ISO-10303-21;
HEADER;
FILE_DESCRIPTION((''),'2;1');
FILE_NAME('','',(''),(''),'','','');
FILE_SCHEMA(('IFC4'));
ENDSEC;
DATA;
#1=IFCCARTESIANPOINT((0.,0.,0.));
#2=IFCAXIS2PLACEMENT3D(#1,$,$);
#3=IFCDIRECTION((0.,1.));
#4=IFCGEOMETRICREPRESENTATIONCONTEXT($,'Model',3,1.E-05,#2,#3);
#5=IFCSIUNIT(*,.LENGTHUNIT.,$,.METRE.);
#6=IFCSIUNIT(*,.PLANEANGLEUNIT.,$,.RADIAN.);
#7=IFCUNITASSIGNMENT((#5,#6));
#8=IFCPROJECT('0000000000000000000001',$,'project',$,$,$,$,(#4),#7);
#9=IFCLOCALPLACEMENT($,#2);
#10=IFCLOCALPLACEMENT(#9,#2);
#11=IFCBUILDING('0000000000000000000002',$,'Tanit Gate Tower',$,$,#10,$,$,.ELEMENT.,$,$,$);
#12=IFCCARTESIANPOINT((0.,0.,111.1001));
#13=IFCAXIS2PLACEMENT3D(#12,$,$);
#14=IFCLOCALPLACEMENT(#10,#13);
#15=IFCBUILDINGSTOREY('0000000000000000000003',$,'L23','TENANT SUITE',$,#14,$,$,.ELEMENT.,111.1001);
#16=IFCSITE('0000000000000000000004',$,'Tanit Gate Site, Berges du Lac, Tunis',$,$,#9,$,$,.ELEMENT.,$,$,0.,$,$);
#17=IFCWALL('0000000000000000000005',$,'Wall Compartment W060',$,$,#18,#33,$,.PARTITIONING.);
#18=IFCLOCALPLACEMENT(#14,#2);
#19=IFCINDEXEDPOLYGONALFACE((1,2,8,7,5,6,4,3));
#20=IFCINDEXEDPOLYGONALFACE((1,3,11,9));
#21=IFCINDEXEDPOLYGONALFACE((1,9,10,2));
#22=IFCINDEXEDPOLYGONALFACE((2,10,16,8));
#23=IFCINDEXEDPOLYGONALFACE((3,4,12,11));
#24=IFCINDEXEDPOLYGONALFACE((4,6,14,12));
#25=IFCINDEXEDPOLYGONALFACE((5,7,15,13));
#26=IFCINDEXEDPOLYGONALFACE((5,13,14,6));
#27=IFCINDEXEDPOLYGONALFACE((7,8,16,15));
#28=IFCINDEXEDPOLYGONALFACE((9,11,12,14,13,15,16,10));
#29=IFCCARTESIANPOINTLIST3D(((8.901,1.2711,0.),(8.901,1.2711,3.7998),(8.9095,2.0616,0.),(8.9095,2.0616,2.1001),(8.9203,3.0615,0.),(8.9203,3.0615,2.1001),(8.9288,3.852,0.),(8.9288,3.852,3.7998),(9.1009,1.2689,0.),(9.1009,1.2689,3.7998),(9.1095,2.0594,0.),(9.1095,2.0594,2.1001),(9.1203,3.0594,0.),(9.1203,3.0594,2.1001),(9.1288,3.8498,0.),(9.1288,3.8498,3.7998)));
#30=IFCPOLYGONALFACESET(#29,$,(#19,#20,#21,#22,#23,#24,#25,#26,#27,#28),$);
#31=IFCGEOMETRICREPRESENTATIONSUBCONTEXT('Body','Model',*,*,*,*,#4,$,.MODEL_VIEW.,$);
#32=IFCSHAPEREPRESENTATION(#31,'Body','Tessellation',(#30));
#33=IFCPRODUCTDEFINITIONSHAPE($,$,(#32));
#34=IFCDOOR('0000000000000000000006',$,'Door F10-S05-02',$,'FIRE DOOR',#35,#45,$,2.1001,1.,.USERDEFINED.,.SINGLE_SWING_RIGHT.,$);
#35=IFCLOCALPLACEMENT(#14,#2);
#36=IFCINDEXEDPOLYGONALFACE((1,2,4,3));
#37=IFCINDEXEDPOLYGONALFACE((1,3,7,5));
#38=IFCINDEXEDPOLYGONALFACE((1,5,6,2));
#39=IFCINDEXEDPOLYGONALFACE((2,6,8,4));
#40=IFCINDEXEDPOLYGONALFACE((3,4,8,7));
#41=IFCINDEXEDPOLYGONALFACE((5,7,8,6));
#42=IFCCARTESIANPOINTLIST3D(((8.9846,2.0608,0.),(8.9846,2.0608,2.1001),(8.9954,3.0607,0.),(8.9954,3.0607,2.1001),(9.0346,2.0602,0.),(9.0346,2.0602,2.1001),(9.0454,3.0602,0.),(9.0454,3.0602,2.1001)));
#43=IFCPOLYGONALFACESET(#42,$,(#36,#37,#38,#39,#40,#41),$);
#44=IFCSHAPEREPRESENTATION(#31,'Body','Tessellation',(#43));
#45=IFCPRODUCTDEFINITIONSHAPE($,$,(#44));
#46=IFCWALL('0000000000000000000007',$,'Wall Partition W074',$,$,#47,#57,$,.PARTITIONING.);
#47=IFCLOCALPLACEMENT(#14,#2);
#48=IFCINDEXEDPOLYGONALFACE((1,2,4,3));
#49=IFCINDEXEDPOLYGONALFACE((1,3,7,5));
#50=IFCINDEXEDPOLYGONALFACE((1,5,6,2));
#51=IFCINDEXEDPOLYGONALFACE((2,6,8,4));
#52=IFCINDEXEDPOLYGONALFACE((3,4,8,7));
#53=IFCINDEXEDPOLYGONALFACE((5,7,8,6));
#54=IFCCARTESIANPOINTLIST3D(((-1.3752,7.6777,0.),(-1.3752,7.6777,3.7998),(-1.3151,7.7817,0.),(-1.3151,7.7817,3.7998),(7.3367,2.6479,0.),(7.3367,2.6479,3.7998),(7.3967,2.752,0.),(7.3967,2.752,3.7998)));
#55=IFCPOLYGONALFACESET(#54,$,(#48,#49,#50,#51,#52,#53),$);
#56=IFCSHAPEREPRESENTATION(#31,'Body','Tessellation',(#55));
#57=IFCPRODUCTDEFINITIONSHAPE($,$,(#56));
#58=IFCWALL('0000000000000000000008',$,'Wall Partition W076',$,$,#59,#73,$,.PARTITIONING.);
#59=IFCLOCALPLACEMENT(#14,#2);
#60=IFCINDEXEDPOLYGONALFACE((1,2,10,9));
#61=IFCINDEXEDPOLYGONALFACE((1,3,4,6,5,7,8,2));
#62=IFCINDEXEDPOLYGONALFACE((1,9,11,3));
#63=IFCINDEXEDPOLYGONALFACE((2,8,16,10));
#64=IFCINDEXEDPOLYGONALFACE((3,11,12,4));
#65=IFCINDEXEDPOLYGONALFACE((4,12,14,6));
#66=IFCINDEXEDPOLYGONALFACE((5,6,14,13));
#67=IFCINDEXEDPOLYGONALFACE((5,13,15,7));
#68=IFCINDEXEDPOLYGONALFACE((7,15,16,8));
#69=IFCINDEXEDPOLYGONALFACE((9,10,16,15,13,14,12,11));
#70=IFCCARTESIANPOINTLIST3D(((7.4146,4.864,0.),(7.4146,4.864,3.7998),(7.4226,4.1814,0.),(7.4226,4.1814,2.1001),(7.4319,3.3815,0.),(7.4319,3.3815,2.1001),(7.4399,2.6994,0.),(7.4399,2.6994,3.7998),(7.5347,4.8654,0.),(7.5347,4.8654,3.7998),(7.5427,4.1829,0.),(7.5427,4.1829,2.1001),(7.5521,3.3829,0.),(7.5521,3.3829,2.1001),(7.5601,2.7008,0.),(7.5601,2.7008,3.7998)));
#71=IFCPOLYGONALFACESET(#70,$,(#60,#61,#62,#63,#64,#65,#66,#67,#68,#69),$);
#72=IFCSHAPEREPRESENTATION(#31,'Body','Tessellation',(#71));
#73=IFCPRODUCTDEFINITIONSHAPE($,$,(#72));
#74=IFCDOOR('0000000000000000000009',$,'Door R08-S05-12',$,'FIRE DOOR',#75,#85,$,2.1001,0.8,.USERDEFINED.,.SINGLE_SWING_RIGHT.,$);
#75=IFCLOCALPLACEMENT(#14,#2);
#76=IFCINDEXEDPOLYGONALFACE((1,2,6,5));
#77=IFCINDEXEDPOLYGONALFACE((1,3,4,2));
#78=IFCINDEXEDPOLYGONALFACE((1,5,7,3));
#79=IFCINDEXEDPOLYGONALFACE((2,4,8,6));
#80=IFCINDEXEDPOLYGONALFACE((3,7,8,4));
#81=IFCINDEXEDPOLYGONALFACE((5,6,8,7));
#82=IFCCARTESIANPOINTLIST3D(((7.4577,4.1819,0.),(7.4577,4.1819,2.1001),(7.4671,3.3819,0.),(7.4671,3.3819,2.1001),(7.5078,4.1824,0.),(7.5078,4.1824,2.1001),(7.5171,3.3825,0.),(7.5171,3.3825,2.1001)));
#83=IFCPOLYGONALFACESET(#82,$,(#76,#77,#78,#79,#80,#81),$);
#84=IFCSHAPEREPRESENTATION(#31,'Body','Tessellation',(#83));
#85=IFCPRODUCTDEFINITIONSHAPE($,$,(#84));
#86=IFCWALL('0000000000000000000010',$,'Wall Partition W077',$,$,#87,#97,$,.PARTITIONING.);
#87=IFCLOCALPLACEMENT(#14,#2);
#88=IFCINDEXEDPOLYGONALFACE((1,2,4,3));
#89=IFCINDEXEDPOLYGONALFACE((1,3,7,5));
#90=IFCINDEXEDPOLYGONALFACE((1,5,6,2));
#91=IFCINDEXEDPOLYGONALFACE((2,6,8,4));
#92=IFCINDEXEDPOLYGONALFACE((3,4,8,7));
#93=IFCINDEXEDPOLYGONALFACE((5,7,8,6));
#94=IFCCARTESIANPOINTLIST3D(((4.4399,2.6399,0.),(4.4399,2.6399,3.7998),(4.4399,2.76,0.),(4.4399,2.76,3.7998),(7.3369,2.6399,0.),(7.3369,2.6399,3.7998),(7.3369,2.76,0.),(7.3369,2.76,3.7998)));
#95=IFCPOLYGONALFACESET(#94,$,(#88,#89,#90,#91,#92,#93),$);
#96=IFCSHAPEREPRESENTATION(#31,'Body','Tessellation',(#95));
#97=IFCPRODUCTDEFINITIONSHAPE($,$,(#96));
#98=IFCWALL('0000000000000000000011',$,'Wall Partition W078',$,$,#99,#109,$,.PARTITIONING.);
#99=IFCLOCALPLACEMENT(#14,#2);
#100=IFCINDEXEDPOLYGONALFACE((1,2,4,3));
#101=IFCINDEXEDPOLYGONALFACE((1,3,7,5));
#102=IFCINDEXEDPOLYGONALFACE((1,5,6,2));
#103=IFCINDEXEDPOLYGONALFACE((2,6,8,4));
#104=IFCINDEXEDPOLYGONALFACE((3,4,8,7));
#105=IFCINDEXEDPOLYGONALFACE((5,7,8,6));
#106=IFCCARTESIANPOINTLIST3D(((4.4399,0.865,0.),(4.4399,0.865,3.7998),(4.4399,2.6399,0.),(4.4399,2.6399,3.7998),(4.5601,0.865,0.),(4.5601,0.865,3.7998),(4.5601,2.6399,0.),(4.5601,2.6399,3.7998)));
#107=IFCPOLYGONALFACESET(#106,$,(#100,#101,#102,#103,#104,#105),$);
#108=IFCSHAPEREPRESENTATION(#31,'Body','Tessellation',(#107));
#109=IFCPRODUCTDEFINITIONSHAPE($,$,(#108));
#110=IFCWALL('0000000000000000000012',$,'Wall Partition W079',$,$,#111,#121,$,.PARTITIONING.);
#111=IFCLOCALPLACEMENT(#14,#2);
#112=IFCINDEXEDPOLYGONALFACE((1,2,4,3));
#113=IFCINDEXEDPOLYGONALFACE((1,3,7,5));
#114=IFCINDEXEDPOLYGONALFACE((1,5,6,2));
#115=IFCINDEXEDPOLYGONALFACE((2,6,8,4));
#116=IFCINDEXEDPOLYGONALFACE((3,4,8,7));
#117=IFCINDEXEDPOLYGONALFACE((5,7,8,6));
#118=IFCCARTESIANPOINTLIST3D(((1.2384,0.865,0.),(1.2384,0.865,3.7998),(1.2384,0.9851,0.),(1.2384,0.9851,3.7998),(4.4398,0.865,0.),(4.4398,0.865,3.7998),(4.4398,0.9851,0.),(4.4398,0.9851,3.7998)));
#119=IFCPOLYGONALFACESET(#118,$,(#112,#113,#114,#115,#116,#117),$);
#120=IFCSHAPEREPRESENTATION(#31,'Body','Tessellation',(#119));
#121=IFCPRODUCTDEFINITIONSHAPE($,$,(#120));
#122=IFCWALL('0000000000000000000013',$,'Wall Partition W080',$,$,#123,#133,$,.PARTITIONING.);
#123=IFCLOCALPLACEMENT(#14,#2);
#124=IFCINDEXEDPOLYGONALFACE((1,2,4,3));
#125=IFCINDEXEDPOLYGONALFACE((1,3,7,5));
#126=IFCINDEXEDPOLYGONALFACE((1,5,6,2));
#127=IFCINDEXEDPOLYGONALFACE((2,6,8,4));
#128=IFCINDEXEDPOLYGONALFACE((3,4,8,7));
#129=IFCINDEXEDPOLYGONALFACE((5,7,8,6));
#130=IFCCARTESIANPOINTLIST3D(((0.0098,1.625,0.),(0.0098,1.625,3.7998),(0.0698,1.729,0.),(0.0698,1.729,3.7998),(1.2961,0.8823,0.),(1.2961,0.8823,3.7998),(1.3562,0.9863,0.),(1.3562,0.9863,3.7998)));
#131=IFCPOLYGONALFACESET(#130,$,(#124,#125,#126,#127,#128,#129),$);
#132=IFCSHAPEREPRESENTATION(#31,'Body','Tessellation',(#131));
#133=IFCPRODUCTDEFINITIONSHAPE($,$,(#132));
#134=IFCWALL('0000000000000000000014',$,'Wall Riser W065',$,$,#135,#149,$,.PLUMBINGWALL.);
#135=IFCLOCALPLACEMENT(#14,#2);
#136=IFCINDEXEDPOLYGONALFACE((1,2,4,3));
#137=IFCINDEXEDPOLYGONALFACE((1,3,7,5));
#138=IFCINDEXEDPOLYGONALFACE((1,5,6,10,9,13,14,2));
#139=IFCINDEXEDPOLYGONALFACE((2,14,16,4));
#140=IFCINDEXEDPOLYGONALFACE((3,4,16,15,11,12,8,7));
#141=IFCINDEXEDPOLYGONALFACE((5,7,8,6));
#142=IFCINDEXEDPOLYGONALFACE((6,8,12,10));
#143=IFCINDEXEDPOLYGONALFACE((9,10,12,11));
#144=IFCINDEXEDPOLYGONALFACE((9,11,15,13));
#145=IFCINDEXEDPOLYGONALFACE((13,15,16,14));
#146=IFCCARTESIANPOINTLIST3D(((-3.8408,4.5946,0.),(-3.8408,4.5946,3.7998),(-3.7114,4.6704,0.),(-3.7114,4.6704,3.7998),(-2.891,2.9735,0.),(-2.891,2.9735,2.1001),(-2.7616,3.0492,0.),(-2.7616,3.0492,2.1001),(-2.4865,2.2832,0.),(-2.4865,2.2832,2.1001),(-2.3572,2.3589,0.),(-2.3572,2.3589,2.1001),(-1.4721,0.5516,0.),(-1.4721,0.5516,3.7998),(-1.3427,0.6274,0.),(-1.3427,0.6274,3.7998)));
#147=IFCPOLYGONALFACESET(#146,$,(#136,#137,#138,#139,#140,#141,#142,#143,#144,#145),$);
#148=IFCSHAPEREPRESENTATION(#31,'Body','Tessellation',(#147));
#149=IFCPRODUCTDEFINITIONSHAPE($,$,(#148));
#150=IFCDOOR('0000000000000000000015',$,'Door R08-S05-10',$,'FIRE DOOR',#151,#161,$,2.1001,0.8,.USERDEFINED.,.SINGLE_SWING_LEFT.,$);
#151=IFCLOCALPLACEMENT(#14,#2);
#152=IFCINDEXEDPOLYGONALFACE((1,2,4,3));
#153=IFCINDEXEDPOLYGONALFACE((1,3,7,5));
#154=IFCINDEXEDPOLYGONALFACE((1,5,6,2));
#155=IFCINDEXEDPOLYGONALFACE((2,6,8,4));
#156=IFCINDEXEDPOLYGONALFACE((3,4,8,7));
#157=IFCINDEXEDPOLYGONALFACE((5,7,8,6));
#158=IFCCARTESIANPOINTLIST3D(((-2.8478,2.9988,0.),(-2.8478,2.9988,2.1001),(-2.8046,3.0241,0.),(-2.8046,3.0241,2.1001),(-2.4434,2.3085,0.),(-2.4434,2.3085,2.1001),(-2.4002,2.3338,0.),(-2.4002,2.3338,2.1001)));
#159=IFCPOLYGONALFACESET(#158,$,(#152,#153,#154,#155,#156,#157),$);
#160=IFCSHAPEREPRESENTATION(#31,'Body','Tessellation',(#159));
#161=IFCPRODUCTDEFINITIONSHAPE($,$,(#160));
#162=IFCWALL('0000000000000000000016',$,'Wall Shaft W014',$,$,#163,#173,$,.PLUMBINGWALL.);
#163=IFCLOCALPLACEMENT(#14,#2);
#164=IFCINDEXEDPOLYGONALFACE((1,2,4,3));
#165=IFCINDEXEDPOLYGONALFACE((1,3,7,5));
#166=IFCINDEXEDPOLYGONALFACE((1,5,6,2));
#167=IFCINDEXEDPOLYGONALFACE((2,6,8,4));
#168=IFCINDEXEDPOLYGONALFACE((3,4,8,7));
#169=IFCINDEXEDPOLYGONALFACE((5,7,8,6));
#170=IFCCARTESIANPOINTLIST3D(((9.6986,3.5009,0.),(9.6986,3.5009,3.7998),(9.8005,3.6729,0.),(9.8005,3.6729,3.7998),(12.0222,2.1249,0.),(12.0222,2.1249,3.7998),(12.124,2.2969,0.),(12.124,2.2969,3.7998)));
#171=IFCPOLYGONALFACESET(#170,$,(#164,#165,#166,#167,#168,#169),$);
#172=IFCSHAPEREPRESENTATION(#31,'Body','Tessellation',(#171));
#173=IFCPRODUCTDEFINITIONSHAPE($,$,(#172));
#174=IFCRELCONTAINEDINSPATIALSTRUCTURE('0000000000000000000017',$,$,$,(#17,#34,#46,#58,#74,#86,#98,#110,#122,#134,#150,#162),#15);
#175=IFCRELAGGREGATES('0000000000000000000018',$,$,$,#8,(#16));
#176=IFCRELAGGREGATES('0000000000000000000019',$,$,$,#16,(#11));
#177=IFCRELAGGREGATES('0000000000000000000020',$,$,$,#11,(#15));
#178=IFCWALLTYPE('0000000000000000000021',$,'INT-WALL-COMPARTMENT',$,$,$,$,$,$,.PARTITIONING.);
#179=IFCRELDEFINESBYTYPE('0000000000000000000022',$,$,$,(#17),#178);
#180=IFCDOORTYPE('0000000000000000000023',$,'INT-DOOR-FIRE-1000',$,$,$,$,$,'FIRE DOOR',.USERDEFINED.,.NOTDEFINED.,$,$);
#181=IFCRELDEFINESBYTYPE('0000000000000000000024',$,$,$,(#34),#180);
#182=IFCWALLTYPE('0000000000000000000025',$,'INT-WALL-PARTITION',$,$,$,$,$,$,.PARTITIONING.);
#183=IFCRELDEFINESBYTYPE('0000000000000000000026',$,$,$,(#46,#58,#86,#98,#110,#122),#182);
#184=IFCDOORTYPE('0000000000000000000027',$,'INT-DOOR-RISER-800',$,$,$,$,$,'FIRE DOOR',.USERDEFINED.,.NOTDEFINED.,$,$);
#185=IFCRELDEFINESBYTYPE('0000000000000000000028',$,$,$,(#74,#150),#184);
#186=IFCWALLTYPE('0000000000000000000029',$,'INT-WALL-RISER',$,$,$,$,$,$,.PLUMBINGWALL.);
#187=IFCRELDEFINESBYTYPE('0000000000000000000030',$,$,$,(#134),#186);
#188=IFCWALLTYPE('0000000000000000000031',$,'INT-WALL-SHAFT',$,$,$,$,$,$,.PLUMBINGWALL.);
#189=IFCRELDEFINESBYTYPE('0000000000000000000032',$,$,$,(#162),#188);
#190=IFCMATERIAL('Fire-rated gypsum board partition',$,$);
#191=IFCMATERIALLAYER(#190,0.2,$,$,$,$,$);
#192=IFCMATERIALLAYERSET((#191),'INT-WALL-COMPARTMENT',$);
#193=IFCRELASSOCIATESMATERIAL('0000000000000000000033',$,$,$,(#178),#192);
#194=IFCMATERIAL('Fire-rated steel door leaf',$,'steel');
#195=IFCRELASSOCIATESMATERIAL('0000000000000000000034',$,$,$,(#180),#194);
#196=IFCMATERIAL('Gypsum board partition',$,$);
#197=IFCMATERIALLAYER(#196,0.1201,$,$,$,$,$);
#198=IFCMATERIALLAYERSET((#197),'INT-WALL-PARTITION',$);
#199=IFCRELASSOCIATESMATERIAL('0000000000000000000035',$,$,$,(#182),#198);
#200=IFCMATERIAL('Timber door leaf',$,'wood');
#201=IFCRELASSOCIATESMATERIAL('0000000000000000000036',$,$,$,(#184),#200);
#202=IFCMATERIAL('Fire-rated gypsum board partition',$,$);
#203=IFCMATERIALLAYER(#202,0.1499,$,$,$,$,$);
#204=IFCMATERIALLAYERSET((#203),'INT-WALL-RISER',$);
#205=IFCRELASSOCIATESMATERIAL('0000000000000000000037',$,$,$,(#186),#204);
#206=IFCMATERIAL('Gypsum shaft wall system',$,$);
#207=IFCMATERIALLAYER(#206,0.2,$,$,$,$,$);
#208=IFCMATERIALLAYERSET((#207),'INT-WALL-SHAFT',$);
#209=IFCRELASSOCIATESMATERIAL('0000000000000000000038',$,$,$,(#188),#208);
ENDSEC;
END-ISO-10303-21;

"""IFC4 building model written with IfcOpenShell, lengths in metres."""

from ifc_helpers import new_model, si_unit, direction, frame, frame_2d, origin, place, context, subcontext, project, spatial, rectangle, extrude, material, layer, layer_set, type_object, element, fill, save


model = new_model("IFC4")

# Units and contexts
model_context = context("Model", 3, precision=1e-05, world=origin(), true_north=direction((0.0, 1.0)))
body_context = subcontext(model_context, "Body", "Model", "MODEL_VIEW")
ifc_project = project(units=[si_unit("LENGTHUNIT", "METRE"), si_unit("PLANEANGLEUNIT", "RADIAN")], contexts=[model_context])

# Site, building, storey
site_placement = place(None, origin())
site = spatial("IfcSite", under=ifc_project, at=site_placement, Name="Tanit Gate Site, Berges du Lac, Tunis", CompositionType="ELEMENT", RefElevation=0.0)
building_placement = place(site_placement, origin())
building = spatial("IfcBuilding", under=site, at=building_placement, Name="Tanit Gate Tower", CompositionType="ELEMENT")
storey_placement = place(building_placement, frame((0.0, 0.0, 111.1001)))
storey = spatial("IfcBuildingStorey", under=building, at=storey_placement, Name="L23", Description="TENANT SUITE", CompositionType="ELEMENT", Elevation=111.1001)

# Wall, opening, door
ifc_material_1 = material(Name="Fire-rated gypsum board partition")
ifc_layer_1 = layer(ifc_material_1, 0.2)
ifc_layer_set_1 = layer_set([ifc_layer_1], Name="INT-WALL-COMPARTMENT")
wall_type_1 = type_object("IfcWallType", Name="INT-WALL-COMPARTMENT", PredefinedType="PARTITIONING", material=ifc_layer_set_1)
wall_1_placement = place(storey_placement, frame((9.001, 1.27, 0.0), z_axis=(0.0, 0.0, 1.0), x_axis=(0.010784, 0.999942, 0.0)))
wall_1 = element("IfcWall", 1, at=wall_1_placement, inside=storey, type_object=wall_type_1, Name="Wall Compartment W060", PredefinedType="PARTITIONING", context=body_context, shape_type="SweptSolid", body=[
    extrude(rectangle(XDim=2.5811, YDim=0.2, at=frame_2d((1.2905, 0.0))), origin(), (0.0, 0.0, 1.0), 3.7998),
])
opening_1_placement = place(wall_1_placement, frame((0.7905, 0.0, 0.0)))
opening_1 = element("IfcOpeningElement", 2, at=opening_1_placement, cuts=wall_1, PredefinedType="OPENING", context=body_context, shape_type="SweptSolid", body=[
    extrude(rectangle(XDim=1.0, YDim=2.1001, at=frame_2d((0.5, 1.05))), frame((0.0, 0.1099, 0.0), z_axis=(0.0, -1.0, 0.0), x_axis=(1.0, 0.0, 0.0)), (0.0, 0.0, 1.0), 0.22),
])
ifc_material_2 = material(Name="Fire-rated steel door leaf", Category="steel")
door_type_1 = type_object("IfcDoorType", Name="INT-DOOR-FIRE-1000", ElementType="FIRE DOOR", OperationType="NOTDEFINED", PredefinedType="USERDEFINED", material=ifc_material_2)
door_1_placement = place(opening_1_placement, origin())
door_1 = element("IfcDoor", 3, at=door_1_placement, inside=storey, type_object=door_type_1, Name="Door F10-S05-02", ObjectType="FIRE DOOR", OperationType="SINGLE_SWING_RIGHT", OverallHeight=2.1001, OverallWidth=1.0, PredefinedType="USERDEFINED", context=body_context, shape_type="SweptSolid", body=[
    extrude(rectangle(XDim=1.0, YDim=2.1001, at=frame_2d((0.5, 1.05))), frame((0.0, 0.0249, 0.0), z_axis=(0.0, -1.0, 0.0), x_axis=(1.0, 0.0, 0.0)), (0.0, 0.0, 1.0), 0.05),
])
fill(opening_1, door_1)

# Wall
ifc_material_3 = material(Name="Gypsum board partition")
ifc_layer_2 = layer(ifc_material_3, 0.1201)
ifc_layer_set_2 = layer_set([ifc_layer_2], Name="INT-WALL-PARTITION")
wall_type_2 = type_object("IfcWallType", Name="INT-WALL-PARTITION", PredefinedType="PARTITIONING", material=ifc_layer_set_2)
wall_2_placement = place(storey_placement, frame((7.3667, 2.7, 0.0), z_axis=(0.0, 0.0, 1.0), x_axis=(-0.866027, 0.499997, 0.0)))
element("IfcWall", 4, at=wall_2_placement, inside=storey, type_object=wall_type_2, Name="Wall Partition W074", PredefinedType="PARTITIONING", context=body_context, shape_type="SweptSolid", body=[
    extrude(rectangle(XDim=10.0596, YDim=0.1201, at=frame_2d((5.0298, 0.0))), origin(), (0.0, 0.0, 1.0), 3.7998),
])

# Wall, opening, door
wall_3_placement = place(storey_placement, frame((7.5, 2.7, 0.0), z_axis=(0.0, 0.0, 1.0), x_axis=(-0.011729, 0.999931, 0.0)))
wall_3 = element("IfcWall", 5, at=wall_3_placement, inside=storey, type_object=wall_type_2, Name="Wall Partition W076", PredefinedType="PARTITIONING", context=body_context, shape_type="SweptSolid", body=[
    extrude(rectangle(XDim=2.1648, YDim=0.1201, at=frame_2d((1.0825, 0.0))), origin(), (0.0, 0.0, 1.0), 3.7998),
])
opening_2_placement = place(wall_3_placement, frame((0.6824, 0.0, 0.0)))
opening_2 = element("IfcOpeningElement", 6, at=opening_2_placement, cuts=wall_3, PredefinedType="OPENING", context=body_context, shape_type="SweptSolid", body=[
    extrude(rectangle(XDim=0.8, YDim=2.1001, at=frame_2d((0.3999, 1.05))), frame((0.0, 0.0701, 0.0), z_axis=(0.0, -1.0, 0.0), x_axis=(1.0, 0.0, 0.0)), (0.0, 0.0, 1.0), 0.1401),
])
ifc_material_4 = material(Name="Timber door leaf", Category="wood")
door_type_2 = type_object("IfcDoorType", Name="INT-DOOR-RISER-800", ElementType="FIRE DOOR", OperationType="NOTDEFINED", PredefinedType="USERDEFINED", material=ifc_material_4)
door_2_placement = place(opening_2_placement, origin())
door_2 = element("IfcDoor", 7, at=door_2_placement, inside=storey, type_object=door_type_2, Name="Door R08-S05-12", ObjectType="FIRE DOOR", OperationType="SINGLE_SWING_RIGHT", OverallHeight=2.1001, OverallWidth=0.8, PredefinedType="USERDEFINED", context=body_context, shape_type="SweptSolid", body=[
    extrude(rectangle(XDim=0.8, YDim=2.1001, at=frame_2d((0.3999, 1.05))), frame((0.0, 0.0249, 0.0), z_axis=(0.0, -1.0, 0.0), x_axis=(1.0, 0.0, 0.0)), (0.0, 0.0, 1.0), 0.05),
])
fill(opening_2, door_2)

# Walls
wall_4_placement = place(storey_placement, frame((4.4399, 2.7, 0.0), z_axis=(0.0, 0.0, 1.0), x_axis=(1.0, 0.0, 0.0)))
element("IfcWall", 8, at=wall_4_placement, inside=storey, type_object=wall_type_2, Name="Wall Partition W077", PredefinedType="PARTITIONING", context=body_context, shape_type="SweptSolid", body=[
    extrude(rectangle(XDim=2.897, YDim=0.1201, at=frame_2d((1.4485, 0.0))), origin(), (0.0, 0.0, 1.0), 3.7998),
])
wall_5_placement = place(storey_placement, frame((4.5, 0.865, 0.0), z_axis=(0.0, 0.0, 1.0), x_axis=(0.0, 1.0, 0.0)))
element("IfcWall", 9, at=wall_5_placement, inside=storey, type_object=wall_type_2, Name="Wall Partition W078", PredefinedType="PARTITIONING", context=body_context, shape_type="SweptSolid", body=[
    extrude(rectangle(XDim=1.7749, YDim=0.1201, at=frame_2d((0.8875, 0.0))), origin(), (0.0, 0.0, 1.0), 3.7998),
])
wall_6_placement = place(storey_placement, frame((1.2385, 0.925, 0.0), z_axis=(0.0, 0.0, 1.0), x_axis=(1.0, 0.0, 0.0)))
element("IfcWall", 10, at=wall_6_placement, inside=storey, type_object=wall_type_2, Name="Wall Partition W079", PredefinedType="PARTITIONING", context=body_context, shape_type="SweptSolid", body=[
    extrude(rectangle(XDim=3.2014, YDim=0.1201, at=frame_2d((1.6006, 0.0))), origin(), (0.0, 0.0, 1.0), 3.7998),
])
wall_7_placement = place(storey_placement, frame((0.0398, 1.677, 0.0), z_axis=(0.0, 0.0, 1.0), x_axis=(0.86603, -0.499993, 0.0)))
element("IfcWall", 11, at=wall_7_placement, inside=storey, type_object=wall_type_2, Name="Wall Partition W080", PredefinedType="PARTITIONING", context=body_context, shape_type="SweptSolid", body=[
    extrude(rectangle(XDim=1.4854, YDim=0.1201, at=frame_2d((0.7427, 0.0))), origin(), (0.0, 0.0, 1.0), 3.7998),
])

# Wall, opening, door
ifc_material_5 = material(Name="Fire-rated gypsum board partition")
ifc_layer_3 = layer(ifc_material_5, 0.1499)
ifc_layer_set_3 = layer_set([ifc_layer_3], Name="INT-WALL-RISER")
wall_type_3 = type_object("IfcWallType", Name="INT-WALL-RISER", PredefinedType="PLUMBINGWALL", material=ifc_layer_set_3)
wall_8_placement = place(storey_placement, frame((-1.4075, 0.5896, 0.0), z_axis=(0.0, 0.0, 1.0), x_axis=(-0.505503, 0.862825, 0.0)))
wall_8 = element("IfcWall", 12, at=wall_8_placement, inside=storey, type_object=wall_type_3, Name="Wall Riser W065", PredefinedType="PLUMBINGWALL", context=body_context, shape_type="SweptSolid", body=[
    extrude(rectangle(XDim=4.6858, YDim=0.1499, at=frame_2d((2.3428, 0.0))), origin(), (0.0, 0.0, 1.0), 3.7998),
])
opening_3_placement = place(wall_8_placement, frame((2.0068, 0.0, 0.0)))
opening_3 = element("IfcOpeningElement", 13, at=opening_3_placement, cuts=wall_8, PredefinedType="OPENING", context=body_context, shape_type="SweptSolid", body=[
    extrude(rectangle(XDim=0.8, YDim=2.1001, at=frame_2d((0.3999, 1.05))), frame((0.0, 0.085, 0.0), z_axis=(0.0, -1.0, 0.0), x_axis=(1.0, 0.0, 0.0)), (0.0, 0.0, 1.0), 0.1699),
])
door_3_placement = place(opening_3_placement, origin())
door_3 = element("IfcDoor", 14, at=door_3_placement, inside=storey, type_object=door_type_2, Name="Door R08-S05-10", ObjectType="FIRE DOOR", OperationType="SINGLE_SWING_LEFT", OverallHeight=2.1001, OverallWidth=0.8, PredefinedType="USERDEFINED", context=body_context, shape_type="SweptSolid", body=[
    extrude(rectangle(XDim=0.8, YDim=2.1001, at=frame_2d((0.3999, 1.05))), frame((0.0, 0.0249, 0.0), z_axis=(0.0, -1.0, 0.0), x_axis=(1.0, 0.0, 0.0)), (0.0, 0.0, 1.0), 0.05),
])
fill(opening_3, door_3)

# Wall
ifc_material_6 = material(Name="Gypsum shaft wall system")
ifc_layer_4 = layer(ifc_material_6, 0.2)
ifc_layer_set_4 = layer_set([ifc_layer_4], Name="INT-WALL-SHAFT")
wall_type_4 = type_object("IfcWallType", Name="INT-WALL-SHAFT", PredefinedType="PLUMBINGWALL", material=ifc_layer_set_4)
wall_9_placement = place(storey_placement, frame((12.073, 2.2109, 0.0), z_axis=(0.0, 0.0, 1.0), x_axis=(-0.860438, 0.509555, 0.0)))
element("IfcWall", 15, at=wall_9_placement, inside=storey, type_object=wall_type_4, Name="Wall Shaft W014", PredefinedType="PLUMBINGWALL", context=body_context, shape_type="SweptSolid", body=[
    extrude(rectangle(XDim=2.7004, YDim=0.2, at=frame_2d((1.3501, 0.0))), origin(), (0.0, 0.0, 1.0), 3.7998),
])

save(model, "model.ifc")
